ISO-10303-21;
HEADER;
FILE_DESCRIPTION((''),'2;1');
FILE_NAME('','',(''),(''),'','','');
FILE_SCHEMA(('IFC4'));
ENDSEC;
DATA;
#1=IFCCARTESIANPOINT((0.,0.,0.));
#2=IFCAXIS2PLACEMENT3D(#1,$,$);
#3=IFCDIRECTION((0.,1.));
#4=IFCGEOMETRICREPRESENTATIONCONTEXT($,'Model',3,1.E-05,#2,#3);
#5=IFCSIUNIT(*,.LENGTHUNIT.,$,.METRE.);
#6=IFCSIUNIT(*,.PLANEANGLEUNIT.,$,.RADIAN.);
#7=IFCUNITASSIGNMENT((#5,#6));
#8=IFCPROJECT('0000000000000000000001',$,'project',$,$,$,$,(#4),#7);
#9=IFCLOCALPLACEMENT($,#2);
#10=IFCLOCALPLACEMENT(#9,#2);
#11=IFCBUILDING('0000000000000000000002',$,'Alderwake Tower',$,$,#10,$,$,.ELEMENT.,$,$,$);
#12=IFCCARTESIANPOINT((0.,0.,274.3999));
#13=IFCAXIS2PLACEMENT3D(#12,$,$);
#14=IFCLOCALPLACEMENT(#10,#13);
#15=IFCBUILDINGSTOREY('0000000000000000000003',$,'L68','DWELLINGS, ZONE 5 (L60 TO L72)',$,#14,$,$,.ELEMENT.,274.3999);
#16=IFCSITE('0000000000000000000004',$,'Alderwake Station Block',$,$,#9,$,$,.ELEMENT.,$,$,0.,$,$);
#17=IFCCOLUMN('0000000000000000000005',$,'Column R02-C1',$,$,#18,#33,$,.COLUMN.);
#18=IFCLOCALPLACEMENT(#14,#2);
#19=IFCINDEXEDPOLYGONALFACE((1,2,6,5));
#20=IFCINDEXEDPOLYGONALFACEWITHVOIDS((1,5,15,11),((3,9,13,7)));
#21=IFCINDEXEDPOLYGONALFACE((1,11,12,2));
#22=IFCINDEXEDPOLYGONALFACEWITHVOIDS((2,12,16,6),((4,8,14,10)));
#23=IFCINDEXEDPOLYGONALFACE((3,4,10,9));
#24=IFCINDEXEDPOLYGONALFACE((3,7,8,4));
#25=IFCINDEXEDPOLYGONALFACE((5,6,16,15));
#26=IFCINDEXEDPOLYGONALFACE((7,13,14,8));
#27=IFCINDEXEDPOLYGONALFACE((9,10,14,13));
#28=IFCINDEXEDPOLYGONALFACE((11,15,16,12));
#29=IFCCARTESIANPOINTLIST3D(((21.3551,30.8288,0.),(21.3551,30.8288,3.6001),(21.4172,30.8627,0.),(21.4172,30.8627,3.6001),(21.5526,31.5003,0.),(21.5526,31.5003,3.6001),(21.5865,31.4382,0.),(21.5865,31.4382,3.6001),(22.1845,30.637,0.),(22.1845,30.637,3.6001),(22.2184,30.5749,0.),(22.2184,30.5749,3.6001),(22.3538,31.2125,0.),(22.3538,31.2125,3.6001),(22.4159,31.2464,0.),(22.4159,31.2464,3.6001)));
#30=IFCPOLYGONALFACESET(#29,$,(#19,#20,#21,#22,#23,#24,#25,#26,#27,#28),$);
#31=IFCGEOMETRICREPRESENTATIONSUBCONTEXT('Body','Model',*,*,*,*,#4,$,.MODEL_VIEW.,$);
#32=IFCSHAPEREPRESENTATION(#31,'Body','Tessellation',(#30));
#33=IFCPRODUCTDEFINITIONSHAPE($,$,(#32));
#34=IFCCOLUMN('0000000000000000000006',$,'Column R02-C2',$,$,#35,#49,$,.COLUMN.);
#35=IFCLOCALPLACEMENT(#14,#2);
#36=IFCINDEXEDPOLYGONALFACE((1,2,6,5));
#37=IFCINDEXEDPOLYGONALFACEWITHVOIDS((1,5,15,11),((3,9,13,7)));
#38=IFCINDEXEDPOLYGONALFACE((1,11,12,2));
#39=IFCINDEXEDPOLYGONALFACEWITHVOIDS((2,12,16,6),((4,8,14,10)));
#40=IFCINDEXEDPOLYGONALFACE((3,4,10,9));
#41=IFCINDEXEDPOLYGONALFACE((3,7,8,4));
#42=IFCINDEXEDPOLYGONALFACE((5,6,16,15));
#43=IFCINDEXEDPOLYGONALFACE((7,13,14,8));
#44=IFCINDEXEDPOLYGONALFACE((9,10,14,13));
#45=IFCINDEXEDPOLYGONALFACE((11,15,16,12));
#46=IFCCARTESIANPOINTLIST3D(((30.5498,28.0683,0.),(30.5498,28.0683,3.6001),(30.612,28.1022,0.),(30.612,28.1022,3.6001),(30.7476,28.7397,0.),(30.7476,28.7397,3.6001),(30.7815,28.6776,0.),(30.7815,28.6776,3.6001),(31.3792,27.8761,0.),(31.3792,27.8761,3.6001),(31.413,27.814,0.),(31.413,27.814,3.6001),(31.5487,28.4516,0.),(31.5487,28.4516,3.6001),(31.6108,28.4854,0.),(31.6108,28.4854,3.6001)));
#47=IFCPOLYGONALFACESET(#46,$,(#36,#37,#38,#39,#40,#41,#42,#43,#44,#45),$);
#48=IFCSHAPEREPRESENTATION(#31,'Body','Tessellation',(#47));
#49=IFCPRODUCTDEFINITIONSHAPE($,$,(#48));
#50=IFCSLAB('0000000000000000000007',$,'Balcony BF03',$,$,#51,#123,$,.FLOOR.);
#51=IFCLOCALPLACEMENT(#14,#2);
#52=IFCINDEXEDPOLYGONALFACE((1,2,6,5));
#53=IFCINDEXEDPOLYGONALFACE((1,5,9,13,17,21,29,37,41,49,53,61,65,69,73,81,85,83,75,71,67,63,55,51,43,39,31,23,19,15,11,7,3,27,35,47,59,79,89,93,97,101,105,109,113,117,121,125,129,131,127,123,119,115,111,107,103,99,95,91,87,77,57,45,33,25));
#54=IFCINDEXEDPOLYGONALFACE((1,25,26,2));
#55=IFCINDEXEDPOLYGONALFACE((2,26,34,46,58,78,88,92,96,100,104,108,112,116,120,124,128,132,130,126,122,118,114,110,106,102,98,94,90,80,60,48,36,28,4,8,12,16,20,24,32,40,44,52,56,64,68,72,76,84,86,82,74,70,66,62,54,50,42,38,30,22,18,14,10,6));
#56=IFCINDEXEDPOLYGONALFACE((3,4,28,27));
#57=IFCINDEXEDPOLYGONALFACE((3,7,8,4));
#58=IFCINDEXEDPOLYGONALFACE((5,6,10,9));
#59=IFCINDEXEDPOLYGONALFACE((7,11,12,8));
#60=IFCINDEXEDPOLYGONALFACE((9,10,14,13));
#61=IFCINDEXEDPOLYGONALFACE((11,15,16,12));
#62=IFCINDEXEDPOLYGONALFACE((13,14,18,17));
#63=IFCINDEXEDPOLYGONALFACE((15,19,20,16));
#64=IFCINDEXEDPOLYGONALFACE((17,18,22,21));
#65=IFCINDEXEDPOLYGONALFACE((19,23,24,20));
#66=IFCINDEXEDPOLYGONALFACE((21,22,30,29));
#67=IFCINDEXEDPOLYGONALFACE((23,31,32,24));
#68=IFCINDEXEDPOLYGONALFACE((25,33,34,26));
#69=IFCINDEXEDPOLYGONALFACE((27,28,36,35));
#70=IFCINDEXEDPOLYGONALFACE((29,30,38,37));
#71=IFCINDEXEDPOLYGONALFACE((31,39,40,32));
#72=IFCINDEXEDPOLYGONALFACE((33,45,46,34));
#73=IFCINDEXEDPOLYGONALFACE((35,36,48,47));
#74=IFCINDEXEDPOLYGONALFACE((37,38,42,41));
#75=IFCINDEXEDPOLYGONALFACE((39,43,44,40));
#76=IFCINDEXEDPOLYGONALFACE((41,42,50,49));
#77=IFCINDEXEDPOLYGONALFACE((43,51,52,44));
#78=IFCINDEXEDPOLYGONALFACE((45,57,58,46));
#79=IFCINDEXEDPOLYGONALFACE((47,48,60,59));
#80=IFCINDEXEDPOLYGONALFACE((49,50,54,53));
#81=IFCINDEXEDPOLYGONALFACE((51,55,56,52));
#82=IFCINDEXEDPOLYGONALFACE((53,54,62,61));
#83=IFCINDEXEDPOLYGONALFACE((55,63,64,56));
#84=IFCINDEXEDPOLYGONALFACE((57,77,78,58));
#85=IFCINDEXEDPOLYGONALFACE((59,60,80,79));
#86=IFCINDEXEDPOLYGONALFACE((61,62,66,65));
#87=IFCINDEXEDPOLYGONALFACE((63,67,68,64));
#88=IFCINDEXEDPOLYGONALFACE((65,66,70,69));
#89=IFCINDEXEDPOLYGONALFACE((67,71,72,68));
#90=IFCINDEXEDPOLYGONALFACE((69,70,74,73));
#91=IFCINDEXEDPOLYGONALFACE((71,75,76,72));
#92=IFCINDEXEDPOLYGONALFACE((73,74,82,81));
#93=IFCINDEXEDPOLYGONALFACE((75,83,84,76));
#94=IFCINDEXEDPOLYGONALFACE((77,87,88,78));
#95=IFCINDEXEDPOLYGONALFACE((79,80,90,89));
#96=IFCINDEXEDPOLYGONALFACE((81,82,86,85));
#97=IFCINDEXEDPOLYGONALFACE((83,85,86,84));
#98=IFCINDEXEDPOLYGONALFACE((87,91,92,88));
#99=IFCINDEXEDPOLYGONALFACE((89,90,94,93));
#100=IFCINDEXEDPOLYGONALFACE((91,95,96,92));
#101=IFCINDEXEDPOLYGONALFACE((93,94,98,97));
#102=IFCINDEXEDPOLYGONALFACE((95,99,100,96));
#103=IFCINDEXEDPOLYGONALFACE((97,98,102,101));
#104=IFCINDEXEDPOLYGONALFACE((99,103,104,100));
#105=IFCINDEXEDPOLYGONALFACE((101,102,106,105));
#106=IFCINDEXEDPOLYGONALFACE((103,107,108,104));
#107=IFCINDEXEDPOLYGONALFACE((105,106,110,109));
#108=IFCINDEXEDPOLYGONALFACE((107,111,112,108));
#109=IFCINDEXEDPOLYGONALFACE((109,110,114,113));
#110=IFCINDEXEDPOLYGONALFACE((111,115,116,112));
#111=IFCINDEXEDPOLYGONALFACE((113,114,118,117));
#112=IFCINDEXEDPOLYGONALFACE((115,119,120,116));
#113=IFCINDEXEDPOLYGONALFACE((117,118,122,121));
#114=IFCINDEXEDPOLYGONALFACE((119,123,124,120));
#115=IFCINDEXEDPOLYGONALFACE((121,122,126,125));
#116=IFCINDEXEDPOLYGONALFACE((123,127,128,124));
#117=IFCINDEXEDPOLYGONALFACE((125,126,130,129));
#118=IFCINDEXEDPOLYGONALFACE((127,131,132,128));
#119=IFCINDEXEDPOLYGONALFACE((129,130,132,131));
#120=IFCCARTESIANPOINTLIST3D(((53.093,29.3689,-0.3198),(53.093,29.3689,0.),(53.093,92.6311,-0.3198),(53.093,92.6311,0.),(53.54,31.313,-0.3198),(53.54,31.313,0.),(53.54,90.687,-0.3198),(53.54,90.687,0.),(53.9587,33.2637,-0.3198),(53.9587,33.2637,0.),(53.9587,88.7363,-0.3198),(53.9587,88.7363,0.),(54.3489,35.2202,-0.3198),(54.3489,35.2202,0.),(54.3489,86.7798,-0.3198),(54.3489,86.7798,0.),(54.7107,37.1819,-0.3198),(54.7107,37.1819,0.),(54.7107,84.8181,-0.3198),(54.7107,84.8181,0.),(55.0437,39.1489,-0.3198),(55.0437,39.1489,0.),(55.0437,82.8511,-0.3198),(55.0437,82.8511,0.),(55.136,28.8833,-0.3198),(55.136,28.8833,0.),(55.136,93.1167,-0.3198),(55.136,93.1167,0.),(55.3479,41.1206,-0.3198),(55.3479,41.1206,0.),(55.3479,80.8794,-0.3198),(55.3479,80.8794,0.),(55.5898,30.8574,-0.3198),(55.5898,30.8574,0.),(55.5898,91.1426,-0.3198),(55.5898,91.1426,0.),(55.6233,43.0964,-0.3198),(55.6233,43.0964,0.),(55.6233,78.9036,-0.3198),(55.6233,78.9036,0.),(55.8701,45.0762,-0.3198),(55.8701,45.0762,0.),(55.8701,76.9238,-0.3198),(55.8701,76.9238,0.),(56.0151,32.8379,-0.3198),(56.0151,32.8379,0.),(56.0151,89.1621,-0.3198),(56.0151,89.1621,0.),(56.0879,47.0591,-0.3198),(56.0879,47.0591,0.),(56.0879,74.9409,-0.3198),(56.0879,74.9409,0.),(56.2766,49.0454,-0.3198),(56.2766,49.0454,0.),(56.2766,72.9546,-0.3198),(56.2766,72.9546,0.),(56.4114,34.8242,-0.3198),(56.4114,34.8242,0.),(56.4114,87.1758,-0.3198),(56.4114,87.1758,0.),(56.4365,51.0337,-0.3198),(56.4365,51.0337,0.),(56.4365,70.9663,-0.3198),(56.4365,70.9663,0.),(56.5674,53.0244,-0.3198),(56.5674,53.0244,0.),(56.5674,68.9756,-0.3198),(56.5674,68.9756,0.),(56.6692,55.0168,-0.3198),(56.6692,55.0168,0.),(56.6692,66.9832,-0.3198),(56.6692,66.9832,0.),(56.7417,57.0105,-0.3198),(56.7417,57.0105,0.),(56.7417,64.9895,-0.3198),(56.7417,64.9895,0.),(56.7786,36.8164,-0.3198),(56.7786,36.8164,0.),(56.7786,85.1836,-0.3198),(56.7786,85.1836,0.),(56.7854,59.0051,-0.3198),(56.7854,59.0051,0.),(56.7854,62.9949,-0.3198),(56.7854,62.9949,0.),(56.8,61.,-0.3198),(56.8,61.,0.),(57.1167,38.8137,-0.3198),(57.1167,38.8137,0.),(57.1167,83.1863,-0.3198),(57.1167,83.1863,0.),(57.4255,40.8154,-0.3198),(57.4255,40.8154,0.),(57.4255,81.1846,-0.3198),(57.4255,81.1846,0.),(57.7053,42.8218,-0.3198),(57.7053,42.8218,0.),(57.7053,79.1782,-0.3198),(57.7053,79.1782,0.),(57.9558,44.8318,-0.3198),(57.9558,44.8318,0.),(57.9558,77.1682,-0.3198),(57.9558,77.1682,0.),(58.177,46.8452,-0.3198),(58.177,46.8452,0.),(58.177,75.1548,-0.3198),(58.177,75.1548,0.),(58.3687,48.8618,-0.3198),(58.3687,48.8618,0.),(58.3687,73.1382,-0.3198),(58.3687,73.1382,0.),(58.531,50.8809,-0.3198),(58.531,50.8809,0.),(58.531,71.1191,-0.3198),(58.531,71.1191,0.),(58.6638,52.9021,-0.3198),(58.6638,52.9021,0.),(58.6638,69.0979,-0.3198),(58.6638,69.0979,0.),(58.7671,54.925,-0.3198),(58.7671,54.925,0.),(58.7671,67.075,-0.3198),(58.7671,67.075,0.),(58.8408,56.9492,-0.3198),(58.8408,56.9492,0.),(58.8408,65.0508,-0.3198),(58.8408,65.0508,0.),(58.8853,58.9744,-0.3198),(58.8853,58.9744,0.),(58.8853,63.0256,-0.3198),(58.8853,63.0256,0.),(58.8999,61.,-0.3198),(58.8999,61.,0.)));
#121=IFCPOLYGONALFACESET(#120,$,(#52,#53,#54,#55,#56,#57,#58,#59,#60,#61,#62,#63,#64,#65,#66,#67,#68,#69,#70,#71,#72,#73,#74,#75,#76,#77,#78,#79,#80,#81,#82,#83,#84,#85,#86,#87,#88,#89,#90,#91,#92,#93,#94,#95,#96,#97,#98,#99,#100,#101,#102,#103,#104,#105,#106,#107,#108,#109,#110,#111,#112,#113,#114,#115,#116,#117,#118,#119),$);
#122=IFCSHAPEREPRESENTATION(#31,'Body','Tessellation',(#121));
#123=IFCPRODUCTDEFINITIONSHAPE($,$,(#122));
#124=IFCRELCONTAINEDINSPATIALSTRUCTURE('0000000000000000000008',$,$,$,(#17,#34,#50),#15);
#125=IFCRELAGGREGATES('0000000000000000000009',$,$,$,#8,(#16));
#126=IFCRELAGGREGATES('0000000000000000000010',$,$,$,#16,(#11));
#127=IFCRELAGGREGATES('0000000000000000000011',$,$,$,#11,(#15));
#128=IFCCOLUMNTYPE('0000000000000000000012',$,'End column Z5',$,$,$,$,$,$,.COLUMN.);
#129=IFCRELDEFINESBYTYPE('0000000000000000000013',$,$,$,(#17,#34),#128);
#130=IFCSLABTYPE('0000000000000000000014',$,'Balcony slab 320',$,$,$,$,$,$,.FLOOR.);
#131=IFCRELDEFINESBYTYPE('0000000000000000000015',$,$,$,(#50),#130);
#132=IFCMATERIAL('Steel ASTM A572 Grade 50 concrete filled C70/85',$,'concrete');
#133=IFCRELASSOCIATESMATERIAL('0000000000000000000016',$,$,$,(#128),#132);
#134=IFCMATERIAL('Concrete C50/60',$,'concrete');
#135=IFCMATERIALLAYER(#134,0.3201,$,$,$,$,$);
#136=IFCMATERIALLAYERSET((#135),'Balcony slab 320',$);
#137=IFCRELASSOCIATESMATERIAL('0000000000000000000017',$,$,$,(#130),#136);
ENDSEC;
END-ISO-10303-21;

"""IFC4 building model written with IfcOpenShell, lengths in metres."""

from ifc_helpers import new_model, si_unit, direction, frame, origin, origin_2d, place, context, subcontext, project, spatial, polyline, hollow_rectangle, outline, extrude, material, layer, layer_set, material_profile, profile_set, type_object, element, save


model = new_model("IFC4")

# Units and contexts
model_context = context("Model", 3, precision=1e-05, world=origin(), true_north=direction((0.0, 1.0)))
body_context = subcontext(model_context, "Body", "Model", "MODEL_VIEW")
ifc_project = project(units=[si_unit("LENGTHUNIT", "METRE"), si_unit("PLANEANGLEUNIT", "RADIAN")], contexts=[model_context])

# Site, building, storey
site_placement = place(None, origin())
site = spatial("IfcSite", under=ifc_project, at=site_placement, Name="Alderwake Station Block", CompositionType="ELEMENT", RefElevation=0.0)
building_placement = place(site_placement, origin())
building = spatial("IfcBuilding", under=site, at=building_placement, Name="Alderwake Tower", CompositionType="ELEMENT")
storey_placement = place(building_placement, frame((0.0, 0.0, 274.3999)))
storey = spatial("IfcBuildingStorey", under=building, at=storey_placement, Name="L68", Description="DWELLINGS, ZONE 5 (L60 TO L72)", CompositionType="ELEMENT", Elevation=274.3999)

# Columns
ifc_material_1 = material(Name="Steel ASTM A572 Grade 50 concrete filled C70/85", Category="concrete")
ifc_material_profile_1 = material_profile(ifc_material_1, hollow_rectangle(XDim=0.7, YDim=0.8999, WallThickness=0.05, at=origin_2d()), Name="BOX 900X700X50")
ifc_profile_set_1 = profile_set([ifc_material_profile_1], Name="Steel ASTM A572 Grade 50 concrete filled C70/85")
column_type = type_object("IfcColumnType", Name="End column Z5", PredefinedType="COLUMN", material=ifc_profile_set_1)
for number, where, z_axis, x_axis, name in (
    (1, (21.8855, 31.0376, 0.0), (0.0, 0.0, 1.0), (0.282132, 0.959376, 0.0), "Column R02-C1"),
    (2, (31.0803, 28.2769, 0.0), (0.0, 0.0, 1.0), (0.282583, 0.959243, 0.0), "Column R02-C2"),
):
    element("IfcColumn", number, at=place(storey_placement, frame(where, z_axis=z_axis, x_axis=x_axis)), inside=storey, type_object=column_type, Name=name, PredefinedType="COLUMN", context=body_context, shape_type="SweptSolid", body=[
        extrude(hollow_rectangle(XDim=0.7, YDim=0.8999, WallThickness=0.05, at=origin_2d()), origin(), (0.0, 0.0, 1.0), 3.6001),
    ])

# Slab
ifc_material_2 = material(Name="Concrete C50/60", Category="concrete")
ifc_layer_1 = layer(ifc_material_2, 0.3201)
ifc_layer_set_1 = layer_set([ifc_layer_1], Name="Balcony slab 320")
slab_type_1 = type_object("IfcSlabType", Name="Balcony slab 320", PredefinedType="FLOOR", material=ifc_layer_set_1)
slab_1_placement = place(storey_placement, frame((0.0, 0.0, -0.3198)))
element("IfcSlab", 3, at=slab_1_placement, inside=storey, type_object=slab_type_1, Name="Balcony BF03", PredefinedType="FLOOR", context=body_context, shape_type="SweptSolid", body=[
    extrude(outline(polyline([(55.136, 28.8833), (55.5898, 30.8574), (56.0151, 32.8379), (56.4114, 34.8242), (56.7786, 36.8164), (57.1167, 38.8137), (57.4255, 40.8154), (57.7053, 42.8218), (57.9558, 44.8318), (58.177, 46.8452), (58.3687, 48.8618), (58.531, 50.8809), (58.6638, 52.9021), (58.7671, 54.925), (58.8408, 56.9492), (58.8853, 58.9744), (58.8999, 61.0), (58.8853, 63.0256), (58.8408, 65.0508), (58.7671, 67.075), (58.6638, 69.0979), (58.531, 71.1191), (58.3687, 73.1382), (58.177, 75.1548), (57.9558, 77.1682), (57.7053, 79.1782), (57.4255, 81.1846), (57.1167, 83.1863), (56.7786, 85.1836), (56.4114, 87.1758), (56.0151, 89.1621), (55.5898, 91.1426), (55.136, 93.1167), (53.093, 92.6311), (53.54, 90.687), (53.9587, 88.7363), (54.3489, 86.7798), (54.7107, 84.8181), (55.0437, 82.8511), (55.3479, 80.8794), (55.6233, 78.9036), (55.8701, 76.9238), (56.0879, 74.9409), (56.2766, 72.9546), (56.4365, 70.9663), (56.5674, 68.9756), (56.6692, 66.9832), (56.7417, 64.9895), (56.7854, 62.9949), (56.8, 61.0), (56.7854, 59.0051), (56.7417, 57.0105), (56.6692, 55.0168), (56.5674, 53.0244), (56.4365, 51.0337), (56.2766, 49.0454), (56.0879, 47.0591), (55.8701, 45.0762), (55.6233, 43.0964), (55.3479, 41.1206), (55.0437, 39.1489), (54.7107, 37.1819), (54.3489, 35.2202), (53.9587, 33.2637), (53.54, 31.313), (53.093, 29.3689), (55.136, 28.8833)])), origin(), (0.0, 0.0, 1.0), 0.3198),
])

save(model, "model.ifc")
